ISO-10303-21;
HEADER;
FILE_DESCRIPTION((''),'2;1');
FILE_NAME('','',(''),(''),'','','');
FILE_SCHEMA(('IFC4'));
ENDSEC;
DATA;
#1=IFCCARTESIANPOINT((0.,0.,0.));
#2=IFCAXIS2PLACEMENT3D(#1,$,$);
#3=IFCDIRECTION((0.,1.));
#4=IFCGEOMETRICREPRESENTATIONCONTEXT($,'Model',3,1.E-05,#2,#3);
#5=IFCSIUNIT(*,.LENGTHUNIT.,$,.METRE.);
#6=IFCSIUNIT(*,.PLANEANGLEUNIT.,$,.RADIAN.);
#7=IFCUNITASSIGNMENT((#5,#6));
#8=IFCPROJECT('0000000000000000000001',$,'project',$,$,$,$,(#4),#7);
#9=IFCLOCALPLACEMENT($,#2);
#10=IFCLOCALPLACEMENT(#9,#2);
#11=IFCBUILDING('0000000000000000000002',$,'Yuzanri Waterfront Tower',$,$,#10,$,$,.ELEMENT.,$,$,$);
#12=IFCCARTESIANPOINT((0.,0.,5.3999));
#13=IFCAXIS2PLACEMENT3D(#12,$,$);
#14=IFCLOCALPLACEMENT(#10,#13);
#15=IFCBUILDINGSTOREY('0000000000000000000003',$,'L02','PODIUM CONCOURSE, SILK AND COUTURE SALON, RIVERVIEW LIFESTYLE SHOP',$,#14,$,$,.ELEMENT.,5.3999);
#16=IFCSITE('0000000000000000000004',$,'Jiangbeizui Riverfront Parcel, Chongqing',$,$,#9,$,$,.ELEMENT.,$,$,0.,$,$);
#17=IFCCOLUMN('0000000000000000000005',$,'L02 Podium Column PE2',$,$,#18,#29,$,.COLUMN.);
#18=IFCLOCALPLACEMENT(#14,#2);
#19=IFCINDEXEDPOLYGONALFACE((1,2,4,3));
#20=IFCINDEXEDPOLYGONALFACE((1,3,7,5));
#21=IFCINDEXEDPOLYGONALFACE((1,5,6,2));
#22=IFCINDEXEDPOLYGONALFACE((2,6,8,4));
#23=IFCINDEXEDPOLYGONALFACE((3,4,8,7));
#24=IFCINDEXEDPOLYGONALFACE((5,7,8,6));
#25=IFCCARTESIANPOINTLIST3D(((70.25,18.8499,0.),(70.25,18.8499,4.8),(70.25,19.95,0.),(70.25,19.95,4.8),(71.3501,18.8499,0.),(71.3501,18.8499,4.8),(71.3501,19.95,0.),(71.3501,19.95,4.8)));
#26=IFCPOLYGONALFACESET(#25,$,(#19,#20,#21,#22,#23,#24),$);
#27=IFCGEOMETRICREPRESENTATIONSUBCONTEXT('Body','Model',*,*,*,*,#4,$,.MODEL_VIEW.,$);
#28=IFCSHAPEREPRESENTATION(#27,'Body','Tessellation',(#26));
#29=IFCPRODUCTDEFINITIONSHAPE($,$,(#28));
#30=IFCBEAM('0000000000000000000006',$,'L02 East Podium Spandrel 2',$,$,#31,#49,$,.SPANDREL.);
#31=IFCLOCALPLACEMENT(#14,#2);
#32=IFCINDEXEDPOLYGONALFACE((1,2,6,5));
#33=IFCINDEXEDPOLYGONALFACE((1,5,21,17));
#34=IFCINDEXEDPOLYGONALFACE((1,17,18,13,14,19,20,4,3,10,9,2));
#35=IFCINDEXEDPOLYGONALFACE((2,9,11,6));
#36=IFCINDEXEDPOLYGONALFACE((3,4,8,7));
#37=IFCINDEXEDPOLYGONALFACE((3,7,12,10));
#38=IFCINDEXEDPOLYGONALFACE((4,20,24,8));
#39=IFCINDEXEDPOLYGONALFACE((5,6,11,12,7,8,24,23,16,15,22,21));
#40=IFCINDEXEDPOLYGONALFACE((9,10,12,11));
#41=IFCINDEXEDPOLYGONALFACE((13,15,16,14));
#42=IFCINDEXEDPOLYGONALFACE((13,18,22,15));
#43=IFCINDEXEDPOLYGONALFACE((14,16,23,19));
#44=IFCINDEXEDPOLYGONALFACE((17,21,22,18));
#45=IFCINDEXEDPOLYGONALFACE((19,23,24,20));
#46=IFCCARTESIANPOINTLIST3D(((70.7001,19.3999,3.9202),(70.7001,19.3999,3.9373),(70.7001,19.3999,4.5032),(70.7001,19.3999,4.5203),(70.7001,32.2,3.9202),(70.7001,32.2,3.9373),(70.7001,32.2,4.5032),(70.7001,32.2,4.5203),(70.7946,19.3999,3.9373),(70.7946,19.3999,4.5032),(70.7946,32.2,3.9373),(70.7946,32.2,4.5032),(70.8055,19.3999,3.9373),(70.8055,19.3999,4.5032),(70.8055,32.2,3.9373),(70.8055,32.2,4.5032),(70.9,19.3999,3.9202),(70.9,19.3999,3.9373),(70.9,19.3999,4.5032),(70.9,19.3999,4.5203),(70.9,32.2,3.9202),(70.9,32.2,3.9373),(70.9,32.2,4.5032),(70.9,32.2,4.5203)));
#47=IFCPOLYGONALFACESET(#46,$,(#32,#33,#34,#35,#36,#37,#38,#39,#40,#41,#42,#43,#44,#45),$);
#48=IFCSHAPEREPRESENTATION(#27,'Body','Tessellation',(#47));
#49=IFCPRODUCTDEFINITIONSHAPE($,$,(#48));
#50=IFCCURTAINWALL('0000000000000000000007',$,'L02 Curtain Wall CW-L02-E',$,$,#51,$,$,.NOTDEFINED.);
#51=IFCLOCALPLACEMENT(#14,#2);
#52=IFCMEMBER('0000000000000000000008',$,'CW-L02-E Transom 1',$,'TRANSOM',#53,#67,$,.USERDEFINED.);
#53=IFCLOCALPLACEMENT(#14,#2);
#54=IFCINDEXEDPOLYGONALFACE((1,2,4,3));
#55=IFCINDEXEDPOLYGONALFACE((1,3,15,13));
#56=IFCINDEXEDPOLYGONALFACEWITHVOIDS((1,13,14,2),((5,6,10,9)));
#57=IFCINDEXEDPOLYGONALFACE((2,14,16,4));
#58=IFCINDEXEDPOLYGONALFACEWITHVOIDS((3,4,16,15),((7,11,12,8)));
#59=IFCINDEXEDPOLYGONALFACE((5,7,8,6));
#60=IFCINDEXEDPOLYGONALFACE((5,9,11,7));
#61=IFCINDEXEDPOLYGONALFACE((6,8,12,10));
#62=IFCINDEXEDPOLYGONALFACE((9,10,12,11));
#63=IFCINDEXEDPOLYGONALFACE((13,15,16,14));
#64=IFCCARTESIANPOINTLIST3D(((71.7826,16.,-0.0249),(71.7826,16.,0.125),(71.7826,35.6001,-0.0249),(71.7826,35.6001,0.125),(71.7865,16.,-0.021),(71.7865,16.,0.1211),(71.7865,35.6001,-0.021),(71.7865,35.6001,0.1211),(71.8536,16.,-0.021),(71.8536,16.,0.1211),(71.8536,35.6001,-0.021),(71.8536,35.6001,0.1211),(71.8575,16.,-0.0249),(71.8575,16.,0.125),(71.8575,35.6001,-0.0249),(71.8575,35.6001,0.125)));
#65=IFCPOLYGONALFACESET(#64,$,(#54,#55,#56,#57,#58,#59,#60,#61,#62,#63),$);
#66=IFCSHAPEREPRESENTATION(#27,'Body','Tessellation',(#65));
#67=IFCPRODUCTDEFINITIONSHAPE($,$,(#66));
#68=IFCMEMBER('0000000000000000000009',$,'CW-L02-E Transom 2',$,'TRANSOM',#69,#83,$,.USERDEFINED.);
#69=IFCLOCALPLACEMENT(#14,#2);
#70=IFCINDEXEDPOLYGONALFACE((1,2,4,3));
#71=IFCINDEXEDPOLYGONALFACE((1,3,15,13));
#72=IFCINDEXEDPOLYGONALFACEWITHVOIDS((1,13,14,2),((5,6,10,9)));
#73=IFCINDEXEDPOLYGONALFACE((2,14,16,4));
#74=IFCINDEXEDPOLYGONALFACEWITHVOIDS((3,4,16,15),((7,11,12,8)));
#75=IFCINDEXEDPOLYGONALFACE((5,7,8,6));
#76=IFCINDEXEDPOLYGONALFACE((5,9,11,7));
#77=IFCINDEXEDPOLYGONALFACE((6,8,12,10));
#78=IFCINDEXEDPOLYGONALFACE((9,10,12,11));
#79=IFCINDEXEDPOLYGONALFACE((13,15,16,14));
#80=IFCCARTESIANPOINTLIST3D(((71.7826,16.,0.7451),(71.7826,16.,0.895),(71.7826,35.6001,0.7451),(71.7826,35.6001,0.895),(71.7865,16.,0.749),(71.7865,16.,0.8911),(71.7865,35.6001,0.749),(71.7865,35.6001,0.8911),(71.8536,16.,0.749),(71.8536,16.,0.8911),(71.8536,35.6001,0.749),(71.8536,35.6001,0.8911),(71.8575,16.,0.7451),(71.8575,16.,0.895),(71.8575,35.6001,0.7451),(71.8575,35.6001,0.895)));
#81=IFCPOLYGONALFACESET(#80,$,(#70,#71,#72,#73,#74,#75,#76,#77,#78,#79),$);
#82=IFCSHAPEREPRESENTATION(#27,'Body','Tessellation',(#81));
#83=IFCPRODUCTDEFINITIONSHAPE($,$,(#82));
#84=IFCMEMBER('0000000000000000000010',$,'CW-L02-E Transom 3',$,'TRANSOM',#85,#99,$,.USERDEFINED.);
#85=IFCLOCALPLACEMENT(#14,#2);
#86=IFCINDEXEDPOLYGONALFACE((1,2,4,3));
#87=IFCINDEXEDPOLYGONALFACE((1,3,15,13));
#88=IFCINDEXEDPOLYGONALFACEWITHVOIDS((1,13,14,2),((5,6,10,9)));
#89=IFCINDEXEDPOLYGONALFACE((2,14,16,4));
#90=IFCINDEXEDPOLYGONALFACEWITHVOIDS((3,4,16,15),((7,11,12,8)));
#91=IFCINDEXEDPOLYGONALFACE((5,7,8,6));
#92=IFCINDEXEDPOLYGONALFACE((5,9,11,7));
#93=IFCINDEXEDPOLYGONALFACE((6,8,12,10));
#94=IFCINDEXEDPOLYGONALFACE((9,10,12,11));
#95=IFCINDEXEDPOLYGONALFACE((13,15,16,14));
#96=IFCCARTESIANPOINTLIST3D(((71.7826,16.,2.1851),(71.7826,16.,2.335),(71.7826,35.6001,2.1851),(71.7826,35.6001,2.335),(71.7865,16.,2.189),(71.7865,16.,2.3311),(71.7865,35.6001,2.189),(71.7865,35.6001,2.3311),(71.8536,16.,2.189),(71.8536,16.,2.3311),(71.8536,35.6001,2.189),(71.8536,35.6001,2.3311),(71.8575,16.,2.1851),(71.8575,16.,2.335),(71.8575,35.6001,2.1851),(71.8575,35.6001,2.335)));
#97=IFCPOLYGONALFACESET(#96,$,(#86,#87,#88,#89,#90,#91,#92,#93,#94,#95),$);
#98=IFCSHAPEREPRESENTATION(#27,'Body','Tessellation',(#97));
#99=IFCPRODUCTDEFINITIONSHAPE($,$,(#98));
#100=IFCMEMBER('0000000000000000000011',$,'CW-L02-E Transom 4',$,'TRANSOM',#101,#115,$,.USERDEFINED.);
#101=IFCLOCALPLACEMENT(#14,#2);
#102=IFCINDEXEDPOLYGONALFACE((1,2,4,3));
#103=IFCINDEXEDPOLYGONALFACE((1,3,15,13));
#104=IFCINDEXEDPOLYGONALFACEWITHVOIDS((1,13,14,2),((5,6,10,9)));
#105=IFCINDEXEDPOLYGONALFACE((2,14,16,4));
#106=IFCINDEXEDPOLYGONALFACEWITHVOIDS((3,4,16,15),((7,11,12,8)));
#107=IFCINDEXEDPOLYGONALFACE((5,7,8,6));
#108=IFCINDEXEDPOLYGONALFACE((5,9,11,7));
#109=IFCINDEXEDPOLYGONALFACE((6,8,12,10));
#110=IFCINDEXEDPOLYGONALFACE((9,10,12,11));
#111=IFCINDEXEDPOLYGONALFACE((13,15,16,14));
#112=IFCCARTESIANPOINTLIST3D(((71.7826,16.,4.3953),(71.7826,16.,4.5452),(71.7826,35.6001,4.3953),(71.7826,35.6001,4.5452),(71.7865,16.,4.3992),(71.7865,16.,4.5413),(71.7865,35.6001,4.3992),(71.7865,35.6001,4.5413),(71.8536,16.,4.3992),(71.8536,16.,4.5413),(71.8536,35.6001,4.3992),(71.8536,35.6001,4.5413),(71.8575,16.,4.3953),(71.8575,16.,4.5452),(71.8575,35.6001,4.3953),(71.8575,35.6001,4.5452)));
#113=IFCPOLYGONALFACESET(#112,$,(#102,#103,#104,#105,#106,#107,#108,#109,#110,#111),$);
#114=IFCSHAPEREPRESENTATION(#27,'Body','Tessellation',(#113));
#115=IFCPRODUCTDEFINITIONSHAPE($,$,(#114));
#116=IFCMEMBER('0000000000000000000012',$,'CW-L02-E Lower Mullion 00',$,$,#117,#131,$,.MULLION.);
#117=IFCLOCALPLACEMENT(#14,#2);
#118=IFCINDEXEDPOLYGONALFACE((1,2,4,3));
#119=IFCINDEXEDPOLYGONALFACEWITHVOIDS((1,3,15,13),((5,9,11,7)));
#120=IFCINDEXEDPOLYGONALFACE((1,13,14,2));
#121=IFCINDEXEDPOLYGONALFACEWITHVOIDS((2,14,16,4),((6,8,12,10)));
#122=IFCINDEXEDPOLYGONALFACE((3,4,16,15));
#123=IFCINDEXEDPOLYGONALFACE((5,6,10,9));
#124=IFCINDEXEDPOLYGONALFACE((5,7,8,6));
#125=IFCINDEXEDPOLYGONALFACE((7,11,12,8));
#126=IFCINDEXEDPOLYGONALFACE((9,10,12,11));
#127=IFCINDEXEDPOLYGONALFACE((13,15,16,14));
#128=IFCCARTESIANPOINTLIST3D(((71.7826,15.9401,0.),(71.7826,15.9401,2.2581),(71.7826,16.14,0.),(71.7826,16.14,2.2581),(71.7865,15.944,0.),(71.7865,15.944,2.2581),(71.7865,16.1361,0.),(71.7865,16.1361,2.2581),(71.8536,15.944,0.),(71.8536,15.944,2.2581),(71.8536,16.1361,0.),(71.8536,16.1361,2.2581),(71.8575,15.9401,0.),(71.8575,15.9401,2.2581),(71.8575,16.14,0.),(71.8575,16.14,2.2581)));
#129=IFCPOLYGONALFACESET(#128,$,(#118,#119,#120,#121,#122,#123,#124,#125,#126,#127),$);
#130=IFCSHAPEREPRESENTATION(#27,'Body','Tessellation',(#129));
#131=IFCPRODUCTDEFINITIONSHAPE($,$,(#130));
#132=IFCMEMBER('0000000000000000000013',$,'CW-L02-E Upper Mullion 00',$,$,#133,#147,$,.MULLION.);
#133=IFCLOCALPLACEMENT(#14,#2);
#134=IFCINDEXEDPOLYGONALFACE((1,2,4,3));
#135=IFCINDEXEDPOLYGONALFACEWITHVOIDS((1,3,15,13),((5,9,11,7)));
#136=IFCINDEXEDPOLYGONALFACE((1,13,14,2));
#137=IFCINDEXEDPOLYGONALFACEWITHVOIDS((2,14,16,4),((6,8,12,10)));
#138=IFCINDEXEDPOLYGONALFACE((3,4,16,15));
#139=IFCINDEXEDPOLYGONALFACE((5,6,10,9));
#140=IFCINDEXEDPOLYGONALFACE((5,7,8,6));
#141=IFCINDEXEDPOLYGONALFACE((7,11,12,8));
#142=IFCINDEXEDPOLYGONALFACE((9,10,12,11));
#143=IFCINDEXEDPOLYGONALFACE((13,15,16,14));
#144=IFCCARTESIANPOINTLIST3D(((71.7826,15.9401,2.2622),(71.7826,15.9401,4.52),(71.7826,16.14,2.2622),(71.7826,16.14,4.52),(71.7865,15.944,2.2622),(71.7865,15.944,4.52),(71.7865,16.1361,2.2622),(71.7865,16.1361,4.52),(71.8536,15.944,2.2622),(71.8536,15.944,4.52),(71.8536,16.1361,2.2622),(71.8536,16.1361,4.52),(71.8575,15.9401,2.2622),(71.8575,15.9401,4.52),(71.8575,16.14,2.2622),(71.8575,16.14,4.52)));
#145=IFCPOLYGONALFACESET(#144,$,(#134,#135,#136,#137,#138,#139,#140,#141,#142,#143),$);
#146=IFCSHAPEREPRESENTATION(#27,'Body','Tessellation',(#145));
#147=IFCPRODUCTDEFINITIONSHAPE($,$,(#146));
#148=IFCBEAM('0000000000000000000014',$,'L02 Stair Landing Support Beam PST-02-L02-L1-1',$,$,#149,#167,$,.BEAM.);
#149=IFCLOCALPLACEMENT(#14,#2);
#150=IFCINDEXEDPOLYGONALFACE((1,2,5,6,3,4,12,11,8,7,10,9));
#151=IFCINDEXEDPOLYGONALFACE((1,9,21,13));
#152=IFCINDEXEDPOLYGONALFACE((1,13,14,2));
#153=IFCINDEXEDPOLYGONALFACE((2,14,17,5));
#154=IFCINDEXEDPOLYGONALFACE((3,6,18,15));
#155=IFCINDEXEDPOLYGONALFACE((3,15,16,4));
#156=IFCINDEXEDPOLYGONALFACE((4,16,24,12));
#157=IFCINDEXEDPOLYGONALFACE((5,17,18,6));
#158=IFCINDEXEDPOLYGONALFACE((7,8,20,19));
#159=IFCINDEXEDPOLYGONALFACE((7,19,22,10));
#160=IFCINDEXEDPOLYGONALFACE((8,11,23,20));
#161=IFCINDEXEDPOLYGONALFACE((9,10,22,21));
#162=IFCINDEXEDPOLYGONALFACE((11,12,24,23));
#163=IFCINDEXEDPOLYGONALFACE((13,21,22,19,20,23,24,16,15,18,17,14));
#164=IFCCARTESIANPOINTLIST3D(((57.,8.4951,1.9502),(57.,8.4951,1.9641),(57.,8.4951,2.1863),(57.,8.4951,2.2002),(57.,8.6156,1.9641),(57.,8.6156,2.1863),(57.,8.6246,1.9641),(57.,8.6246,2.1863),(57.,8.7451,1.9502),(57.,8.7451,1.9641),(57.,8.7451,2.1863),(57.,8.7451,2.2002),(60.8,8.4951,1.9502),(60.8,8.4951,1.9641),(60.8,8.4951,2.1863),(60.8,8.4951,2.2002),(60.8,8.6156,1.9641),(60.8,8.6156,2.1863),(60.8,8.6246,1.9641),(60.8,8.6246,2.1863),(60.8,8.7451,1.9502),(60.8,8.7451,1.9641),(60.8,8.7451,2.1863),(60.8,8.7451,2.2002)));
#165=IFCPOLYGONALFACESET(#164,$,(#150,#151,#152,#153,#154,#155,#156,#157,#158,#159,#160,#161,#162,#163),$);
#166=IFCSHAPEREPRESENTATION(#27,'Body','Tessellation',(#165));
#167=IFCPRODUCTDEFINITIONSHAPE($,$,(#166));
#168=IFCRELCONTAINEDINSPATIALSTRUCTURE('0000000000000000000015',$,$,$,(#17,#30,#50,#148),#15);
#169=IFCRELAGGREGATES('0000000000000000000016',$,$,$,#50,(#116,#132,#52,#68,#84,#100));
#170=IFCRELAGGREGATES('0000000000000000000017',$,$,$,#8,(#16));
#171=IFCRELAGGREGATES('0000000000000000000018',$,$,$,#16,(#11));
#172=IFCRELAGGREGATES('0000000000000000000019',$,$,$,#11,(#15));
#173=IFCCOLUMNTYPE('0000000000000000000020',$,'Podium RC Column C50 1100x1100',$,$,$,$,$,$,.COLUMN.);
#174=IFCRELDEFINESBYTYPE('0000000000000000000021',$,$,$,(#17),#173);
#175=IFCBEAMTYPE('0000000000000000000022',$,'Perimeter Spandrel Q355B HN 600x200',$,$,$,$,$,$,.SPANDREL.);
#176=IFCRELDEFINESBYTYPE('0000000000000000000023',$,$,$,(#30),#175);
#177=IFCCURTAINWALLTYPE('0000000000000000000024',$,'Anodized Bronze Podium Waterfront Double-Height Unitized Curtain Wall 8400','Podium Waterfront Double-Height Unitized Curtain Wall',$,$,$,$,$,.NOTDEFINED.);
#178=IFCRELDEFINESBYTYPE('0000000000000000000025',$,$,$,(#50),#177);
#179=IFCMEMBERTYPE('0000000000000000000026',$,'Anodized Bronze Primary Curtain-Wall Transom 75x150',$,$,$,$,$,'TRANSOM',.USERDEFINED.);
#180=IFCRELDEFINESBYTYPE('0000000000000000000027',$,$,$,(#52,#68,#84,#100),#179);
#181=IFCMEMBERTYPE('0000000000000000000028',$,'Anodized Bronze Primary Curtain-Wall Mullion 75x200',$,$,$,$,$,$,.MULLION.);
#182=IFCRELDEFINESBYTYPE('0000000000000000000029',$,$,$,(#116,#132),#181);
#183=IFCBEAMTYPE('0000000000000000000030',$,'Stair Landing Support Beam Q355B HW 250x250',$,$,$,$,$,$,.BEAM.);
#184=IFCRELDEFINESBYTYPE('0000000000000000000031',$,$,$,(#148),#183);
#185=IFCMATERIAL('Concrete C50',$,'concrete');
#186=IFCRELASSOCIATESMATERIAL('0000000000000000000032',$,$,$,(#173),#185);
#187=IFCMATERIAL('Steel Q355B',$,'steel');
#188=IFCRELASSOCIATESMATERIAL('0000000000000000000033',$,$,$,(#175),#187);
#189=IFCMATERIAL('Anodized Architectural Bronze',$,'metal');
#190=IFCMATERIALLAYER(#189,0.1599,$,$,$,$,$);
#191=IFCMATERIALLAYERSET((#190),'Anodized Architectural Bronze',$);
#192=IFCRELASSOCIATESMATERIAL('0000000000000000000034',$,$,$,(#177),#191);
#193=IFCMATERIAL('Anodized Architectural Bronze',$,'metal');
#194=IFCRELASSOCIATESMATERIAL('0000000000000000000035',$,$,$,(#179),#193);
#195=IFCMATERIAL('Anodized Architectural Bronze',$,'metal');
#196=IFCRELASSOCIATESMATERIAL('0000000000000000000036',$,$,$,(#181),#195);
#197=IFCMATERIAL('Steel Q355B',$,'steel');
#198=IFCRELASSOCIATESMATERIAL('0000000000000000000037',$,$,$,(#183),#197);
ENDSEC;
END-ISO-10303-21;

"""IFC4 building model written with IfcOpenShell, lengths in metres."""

from ifc_helpers import new_model, si_unit, direction, frame, origin, origin_2d, place, context, subcontext, project, spatial, rectangle, hollow_rectangle, i_section, extrude, source, transform, mapped, material, layer, layer_set, material_profile, profile_set, type_object, element, aggregate, save


model = new_model("IFC4")

# Units and contexts
model_context = context("Model", 3, precision=1e-05, world=origin(), true_north=direction((0.0, 1.0)))
body_context = subcontext(model_context, "Body", "Model", "MODEL_VIEW")
ifc_project = project(units=[si_unit("LENGTHUNIT", "METRE"), si_unit("PLANEANGLEUNIT", "RADIAN")], contexts=[model_context])

# Site, building, storey
site_placement = place(None, origin())
site = spatial("IfcSite", under=ifc_project, at=site_placement, Name="Jiangbeizui Riverfront Parcel, Chongqing", CompositionType="ELEMENT", RefElevation=0.0)
building_placement = place(site_placement, origin())
building = spatial("IfcBuilding", under=site, at=building_placement, Name="Yuzanri Waterfront Tower", CompositionType="ELEMENT")
storey_placement = place(building_placement, frame((0.0, 0.0, 5.3999)))
storey = spatial("IfcBuildingStorey", under=building, at=storey_placement, Name="L02", Description="PODIUM CONCOURSE, SILK AND COUTURE SALON, RIVERVIEW LIFESTYLE SHOP", CompositionType="ELEMENT", Elevation=5.3999)

# Column
ifc_material_1 = material(Name="Concrete C50", Category="concrete")
ifc_material_profile_1 = material_profile(ifc_material_1, rectangle(XDim=1.1001, YDim=1.1001, at=origin_2d()), Name="RC 1100x1100")
ifc_profile_set_1 = profile_set([ifc_material_profile_1], Name="Concrete C50")
column_type = type_object("IfcColumnType", Name="Podium RC Column C50 1100x1100", PredefinedType="COLUMN", material=ifc_profile_set_1)
shared_shape_1 = source(origin(), body_context, "Body", "SweptSolid", [
    extrude(rectangle(XDim=1.1001, YDim=1.1001, at=origin_2d()), origin(), (0.0, 0.0, 1.0), 4.8),
])
column_placement = place(storey_placement, frame((70.8, 19.3999, 0.0), z_axis=(0.0, 0.0, 1.0), x_axis=(1.0, 0.0, 0.0)))
element("IfcColumn", 1, at=column_placement, inside=storey, type_object=column_type, Name="L02 Podium Column PE2", PredefinedType="COLUMN", context=body_context, shape_type="MappedRepresentation", body=[
    mapped(shared_shape_1, transform((0.0, 0.0, 0.0), scale=1.0)),
])

# Beam
ifc_material_2 = material(Name="Steel Q355B", Category="steel")
ifc_material_profile_2 = material_profile(ifc_material_2, i_section(OverallWidth=0.2, OverallDepth=0.6001, WebThickness=0.011, FlangeThickness=0.0171, at=origin_2d()), Name="HN 600x200x11x17")
ifc_profile_set_2 = profile_set([ifc_material_profile_2], Name="Steel Q355B")
beam_type_1 = type_object("IfcBeamType", Name="Perimeter Spandrel Q355B HN 600x200", PredefinedType="SPANDREL", material=ifc_profile_set_2)
shared_shape_2 = source(origin(), body_context, "Body", "SweptSolid", [
    extrude(i_section(OverallWidth=0.2, OverallDepth=0.6001, WebThickness=0.011, FlangeThickness=0.0171, at=origin_2d()), origin(), (0.0, 0.0, 1.0), 12.8),
])
beam_placement = place(storey_placement, frame((70.8, 19.3999, 4.2202), z_axis=(0.0, 1.0, 0.0), x_axis=(-1.0, 0.0, 0.0)))
element("IfcBeam", 2, at=beam_placement, inside=storey, type_object=beam_type_1, Name="L02 East Podium Spandrel 2", PredefinedType="SPANDREL", context=body_context, shape_type="MappedRepresentation", body=[
    mapped(shared_shape_2, transform((0.0, 0.0, 0.0), scale=1.0)),
])

# Curtain wall, members
ifc_material_3 = material(Name="Anodized Architectural Bronze", Category="metal")
ifc_layer_1 = layer(ifc_material_3, 0.1599)
ifc_layer_set_1 = layer_set([ifc_layer_1], Name="Anodized Architectural Bronze")
curtain_wall_type = type_object("IfcCurtainWallType", Name="Anodized Bronze Podium Waterfront Double-Height Unitized Curtain Wall 8400", Description="Podium Waterfront Double-Height Unitized Curtain Wall", PredefinedType="NOTDEFINED", material=ifc_layer_set_1)
curtain_wall_placement = place(storey_placement, origin())
curtain_wall = element("IfcCurtainWall", 3, at=curtain_wall_placement, inside=storey, type_object=curtain_wall_type, Name="L02 Curtain Wall CW-L02-E", PredefinedType="NOTDEFINED")
ifc_material_4 = material(Name="Anodized Architectural Bronze", Category="metal")
ifc_material_profile_3 = material_profile(ifc_material_4, hollow_rectangle(XDim=0.075, YDim=0.1499, WallThickness=0.0039, at=origin_2d()), Name="CWT 75x150")
ifc_profile_set_3 = profile_set([ifc_material_profile_3], Name="Anodized Architectural Bronze")
member_type_1 = type_object("IfcMemberType", Name="Anodized Bronze Primary Curtain-Wall Transom 75x150", ElementType="TRANSOM", PredefinedType="USERDEFINED", material=ifc_profile_set_3)
shared_shape_3 = source(origin(), body_context, "Body", "SweptSolid", [
    extrude(hollow_rectangle(XDim=0.075, YDim=0.1499, WallThickness=0.0039, at=origin_2d()), origin(), (0.0, 0.0, 1.0), 19.6001),
])
member_1_placement = place(storey_placement, frame((71.8201, 16.0, 0.05), z_axis=(0.0, 1.0, 0.0), x_axis=(-1.0, 0.0, 0.0)))
member_1 = element("IfcMember", 4, at=member_1_placement, type_object=member_type_1, Name="CW-L02-E Transom 1", ObjectType="TRANSOM", PredefinedType="USERDEFINED", context=body_context, shape_type="MappedRepresentation", body=[
    mapped(shared_shape_3, transform((0.0, 0.0, 0.0), scale=1.0)),
])
member_2_placement = place(storey_placement, frame((71.8201, 16.0, 0.8201), z_axis=(0.0, 1.0, 0.0), x_axis=(-1.0, 0.0, 0.0)))
member_2 = element("IfcMember", 5, at=member_2_placement, type_object=member_type_1, Name="CW-L02-E Transom 2", ObjectType="TRANSOM", PredefinedType="USERDEFINED", context=body_context, shape_type="MappedRepresentation", body=[
    mapped(shared_shape_3, transform((0.0, 0.0, 0.0), scale=1.0)),
])
member_3_placement = place(storey_placement, frame((71.8201, 16.0, 2.26), z_axis=(0.0, 1.0, 0.0), x_axis=(-1.0, 0.0, 0.0)))
member_3 = element("IfcMember", 6, at=member_3_placement, type_object=member_type_1, Name="CW-L02-E Transom 3", ObjectType="TRANSOM", PredefinedType="USERDEFINED", context=body_context, shape_type="MappedRepresentation", body=[
    mapped(shared_shape_3, transform((0.0, 0.0, 0.0), scale=1.0)),
])
member_4_placement = place(storey_placement, frame((71.8201, 16.0, 4.4702), z_axis=(0.0, 1.0, 0.0), x_axis=(-1.0, 0.0, 0.0)))
member_4 = element("IfcMember", 7, at=member_4_placement, type_object=member_type_1, Name="CW-L02-E Transom 4", ObjectType="TRANSOM", PredefinedType="USERDEFINED", context=body_context, shape_type="MappedRepresentation", body=[
    mapped(shared_shape_3, transform((0.0, 0.0, 0.0), scale=1.0)),
])
ifc_material_5 = material(Name="Anodized Architectural Bronze", Category="metal")
ifc_material_profile_4 = material_profile(ifc_material_5, hollow_rectangle(XDim=0.075, YDim=0.2, WallThickness=0.0039, at=origin_2d()), Name="CWM 75x200")
ifc_profile_set_4 = profile_set([ifc_material_profile_4], Name="Anodized Architectural Bronze")
member_type_2 = type_object("IfcMemberType", Name="Anodized Bronze Primary Curtain-Wall Mullion 75x200", PredefinedType="MULLION", material=ifc_profile_set_4)
shared_shape_4 = source(origin(), body_context, "Body", "SweptSolid", [
    extrude(hollow_rectangle(XDim=0.075, YDim=0.2, WallThickness=0.0039, at=origin_2d()), origin(), (0.0, 0.0, 1.0), 2.2581),
])
member_5_placement = place(storey_placement, frame((71.8201, 16.04, 0.0), z_axis=(0.0, 0.0, 1.0), x_axis=(1.0, 0.0, 0.0)))
member_5 = element("IfcMember", 8, at=member_5_placement, type_object=member_type_2, Name="CW-L02-E Lower Mullion 00", PredefinedType="MULLION", context=body_context, shape_type="MappedRepresentation", body=[
    mapped(shared_shape_4, transform((0.0, 0.0, 0.0), scale=1.0)),
])
shared_shape_5 = source(origin(), body_context, "Body", "SweptSolid", [
    extrude(hollow_rectangle(XDim=0.075, YDim=0.2, WallThickness=0.0039, at=origin_2d()), origin(), (0.0, 0.0, 1.0), 2.2578),
])
member_6_placement = place(storey_placement, frame((71.8201, 16.04, 2.2622), z_axis=(0.0, 0.0, 1.0), x_axis=(1.0, 0.0, 0.0)))
member_6 = element("IfcMember", 9, at=member_6_placement, type_object=member_type_2, Name="CW-L02-E Upper Mullion 00", PredefinedType="MULLION", context=body_context, shape_type="MappedRepresentation", body=[
    mapped(shared_shape_5, transform((0.0, 0.0, 0.0), scale=1.0)),
])

# Beam
ifc_material_6 = material(Name="Steel Q355B", Category="steel")
ifc_material_profile_5 = material_profile(ifc_material_6, i_section(OverallWidth=0.25, OverallDepth=0.25, WebThickness=0.009, FlangeThickness=0.0139, at=origin_2d()), Name="HW 250x250x9x14")
ifc_profile_set_5 = profile_set([ifc_material_profile_5], Name="Steel Q355B")
beam_type_2 = type_object("IfcBeamType", Name="Stair Landing Support Beam Q355B HW 250x250", PredefinedType="BEAM", material=ifc_profile_set_5)
shared_shape_6 = source(origin(), body_context, "Body", "SweptSolid", [
    extrude(i_section(OverallWidth=0.25, OverallDepth=0.25, WebThickness=0.009, FlangeThickness=0.0139, at=origin_2d()), origin(), (0.0, 0.0, 1.0), 3.8),
])
for number, where, z_axis, x_axis, name in (
    (10, (57.0, 8.6201, 2.0752), (1.0, 0.0, 0.0), (0.0, 1.0, 0.0), "L02 Stair Landing Support Beam PST-02-L02-L1-1"),
):
    element("IfcBeam", number, at=place(storey_placement, frame(where, z_axis=z_axis, x_axis=x_axis)), inside=storey, type_object=beam_type_2, Name=name, PredefinedType="BEAM", context=body_context, shape_type="MappedRepresentation", body=[
        mapped(shared_shape_6, transform((0.0, 0.0, 0.0), scale=1.0)),
    ])

aggregate(curtain_wall, [member_5, member_6, member_1, member_2, member_3, member_4])

save(model, "model.ifc")
